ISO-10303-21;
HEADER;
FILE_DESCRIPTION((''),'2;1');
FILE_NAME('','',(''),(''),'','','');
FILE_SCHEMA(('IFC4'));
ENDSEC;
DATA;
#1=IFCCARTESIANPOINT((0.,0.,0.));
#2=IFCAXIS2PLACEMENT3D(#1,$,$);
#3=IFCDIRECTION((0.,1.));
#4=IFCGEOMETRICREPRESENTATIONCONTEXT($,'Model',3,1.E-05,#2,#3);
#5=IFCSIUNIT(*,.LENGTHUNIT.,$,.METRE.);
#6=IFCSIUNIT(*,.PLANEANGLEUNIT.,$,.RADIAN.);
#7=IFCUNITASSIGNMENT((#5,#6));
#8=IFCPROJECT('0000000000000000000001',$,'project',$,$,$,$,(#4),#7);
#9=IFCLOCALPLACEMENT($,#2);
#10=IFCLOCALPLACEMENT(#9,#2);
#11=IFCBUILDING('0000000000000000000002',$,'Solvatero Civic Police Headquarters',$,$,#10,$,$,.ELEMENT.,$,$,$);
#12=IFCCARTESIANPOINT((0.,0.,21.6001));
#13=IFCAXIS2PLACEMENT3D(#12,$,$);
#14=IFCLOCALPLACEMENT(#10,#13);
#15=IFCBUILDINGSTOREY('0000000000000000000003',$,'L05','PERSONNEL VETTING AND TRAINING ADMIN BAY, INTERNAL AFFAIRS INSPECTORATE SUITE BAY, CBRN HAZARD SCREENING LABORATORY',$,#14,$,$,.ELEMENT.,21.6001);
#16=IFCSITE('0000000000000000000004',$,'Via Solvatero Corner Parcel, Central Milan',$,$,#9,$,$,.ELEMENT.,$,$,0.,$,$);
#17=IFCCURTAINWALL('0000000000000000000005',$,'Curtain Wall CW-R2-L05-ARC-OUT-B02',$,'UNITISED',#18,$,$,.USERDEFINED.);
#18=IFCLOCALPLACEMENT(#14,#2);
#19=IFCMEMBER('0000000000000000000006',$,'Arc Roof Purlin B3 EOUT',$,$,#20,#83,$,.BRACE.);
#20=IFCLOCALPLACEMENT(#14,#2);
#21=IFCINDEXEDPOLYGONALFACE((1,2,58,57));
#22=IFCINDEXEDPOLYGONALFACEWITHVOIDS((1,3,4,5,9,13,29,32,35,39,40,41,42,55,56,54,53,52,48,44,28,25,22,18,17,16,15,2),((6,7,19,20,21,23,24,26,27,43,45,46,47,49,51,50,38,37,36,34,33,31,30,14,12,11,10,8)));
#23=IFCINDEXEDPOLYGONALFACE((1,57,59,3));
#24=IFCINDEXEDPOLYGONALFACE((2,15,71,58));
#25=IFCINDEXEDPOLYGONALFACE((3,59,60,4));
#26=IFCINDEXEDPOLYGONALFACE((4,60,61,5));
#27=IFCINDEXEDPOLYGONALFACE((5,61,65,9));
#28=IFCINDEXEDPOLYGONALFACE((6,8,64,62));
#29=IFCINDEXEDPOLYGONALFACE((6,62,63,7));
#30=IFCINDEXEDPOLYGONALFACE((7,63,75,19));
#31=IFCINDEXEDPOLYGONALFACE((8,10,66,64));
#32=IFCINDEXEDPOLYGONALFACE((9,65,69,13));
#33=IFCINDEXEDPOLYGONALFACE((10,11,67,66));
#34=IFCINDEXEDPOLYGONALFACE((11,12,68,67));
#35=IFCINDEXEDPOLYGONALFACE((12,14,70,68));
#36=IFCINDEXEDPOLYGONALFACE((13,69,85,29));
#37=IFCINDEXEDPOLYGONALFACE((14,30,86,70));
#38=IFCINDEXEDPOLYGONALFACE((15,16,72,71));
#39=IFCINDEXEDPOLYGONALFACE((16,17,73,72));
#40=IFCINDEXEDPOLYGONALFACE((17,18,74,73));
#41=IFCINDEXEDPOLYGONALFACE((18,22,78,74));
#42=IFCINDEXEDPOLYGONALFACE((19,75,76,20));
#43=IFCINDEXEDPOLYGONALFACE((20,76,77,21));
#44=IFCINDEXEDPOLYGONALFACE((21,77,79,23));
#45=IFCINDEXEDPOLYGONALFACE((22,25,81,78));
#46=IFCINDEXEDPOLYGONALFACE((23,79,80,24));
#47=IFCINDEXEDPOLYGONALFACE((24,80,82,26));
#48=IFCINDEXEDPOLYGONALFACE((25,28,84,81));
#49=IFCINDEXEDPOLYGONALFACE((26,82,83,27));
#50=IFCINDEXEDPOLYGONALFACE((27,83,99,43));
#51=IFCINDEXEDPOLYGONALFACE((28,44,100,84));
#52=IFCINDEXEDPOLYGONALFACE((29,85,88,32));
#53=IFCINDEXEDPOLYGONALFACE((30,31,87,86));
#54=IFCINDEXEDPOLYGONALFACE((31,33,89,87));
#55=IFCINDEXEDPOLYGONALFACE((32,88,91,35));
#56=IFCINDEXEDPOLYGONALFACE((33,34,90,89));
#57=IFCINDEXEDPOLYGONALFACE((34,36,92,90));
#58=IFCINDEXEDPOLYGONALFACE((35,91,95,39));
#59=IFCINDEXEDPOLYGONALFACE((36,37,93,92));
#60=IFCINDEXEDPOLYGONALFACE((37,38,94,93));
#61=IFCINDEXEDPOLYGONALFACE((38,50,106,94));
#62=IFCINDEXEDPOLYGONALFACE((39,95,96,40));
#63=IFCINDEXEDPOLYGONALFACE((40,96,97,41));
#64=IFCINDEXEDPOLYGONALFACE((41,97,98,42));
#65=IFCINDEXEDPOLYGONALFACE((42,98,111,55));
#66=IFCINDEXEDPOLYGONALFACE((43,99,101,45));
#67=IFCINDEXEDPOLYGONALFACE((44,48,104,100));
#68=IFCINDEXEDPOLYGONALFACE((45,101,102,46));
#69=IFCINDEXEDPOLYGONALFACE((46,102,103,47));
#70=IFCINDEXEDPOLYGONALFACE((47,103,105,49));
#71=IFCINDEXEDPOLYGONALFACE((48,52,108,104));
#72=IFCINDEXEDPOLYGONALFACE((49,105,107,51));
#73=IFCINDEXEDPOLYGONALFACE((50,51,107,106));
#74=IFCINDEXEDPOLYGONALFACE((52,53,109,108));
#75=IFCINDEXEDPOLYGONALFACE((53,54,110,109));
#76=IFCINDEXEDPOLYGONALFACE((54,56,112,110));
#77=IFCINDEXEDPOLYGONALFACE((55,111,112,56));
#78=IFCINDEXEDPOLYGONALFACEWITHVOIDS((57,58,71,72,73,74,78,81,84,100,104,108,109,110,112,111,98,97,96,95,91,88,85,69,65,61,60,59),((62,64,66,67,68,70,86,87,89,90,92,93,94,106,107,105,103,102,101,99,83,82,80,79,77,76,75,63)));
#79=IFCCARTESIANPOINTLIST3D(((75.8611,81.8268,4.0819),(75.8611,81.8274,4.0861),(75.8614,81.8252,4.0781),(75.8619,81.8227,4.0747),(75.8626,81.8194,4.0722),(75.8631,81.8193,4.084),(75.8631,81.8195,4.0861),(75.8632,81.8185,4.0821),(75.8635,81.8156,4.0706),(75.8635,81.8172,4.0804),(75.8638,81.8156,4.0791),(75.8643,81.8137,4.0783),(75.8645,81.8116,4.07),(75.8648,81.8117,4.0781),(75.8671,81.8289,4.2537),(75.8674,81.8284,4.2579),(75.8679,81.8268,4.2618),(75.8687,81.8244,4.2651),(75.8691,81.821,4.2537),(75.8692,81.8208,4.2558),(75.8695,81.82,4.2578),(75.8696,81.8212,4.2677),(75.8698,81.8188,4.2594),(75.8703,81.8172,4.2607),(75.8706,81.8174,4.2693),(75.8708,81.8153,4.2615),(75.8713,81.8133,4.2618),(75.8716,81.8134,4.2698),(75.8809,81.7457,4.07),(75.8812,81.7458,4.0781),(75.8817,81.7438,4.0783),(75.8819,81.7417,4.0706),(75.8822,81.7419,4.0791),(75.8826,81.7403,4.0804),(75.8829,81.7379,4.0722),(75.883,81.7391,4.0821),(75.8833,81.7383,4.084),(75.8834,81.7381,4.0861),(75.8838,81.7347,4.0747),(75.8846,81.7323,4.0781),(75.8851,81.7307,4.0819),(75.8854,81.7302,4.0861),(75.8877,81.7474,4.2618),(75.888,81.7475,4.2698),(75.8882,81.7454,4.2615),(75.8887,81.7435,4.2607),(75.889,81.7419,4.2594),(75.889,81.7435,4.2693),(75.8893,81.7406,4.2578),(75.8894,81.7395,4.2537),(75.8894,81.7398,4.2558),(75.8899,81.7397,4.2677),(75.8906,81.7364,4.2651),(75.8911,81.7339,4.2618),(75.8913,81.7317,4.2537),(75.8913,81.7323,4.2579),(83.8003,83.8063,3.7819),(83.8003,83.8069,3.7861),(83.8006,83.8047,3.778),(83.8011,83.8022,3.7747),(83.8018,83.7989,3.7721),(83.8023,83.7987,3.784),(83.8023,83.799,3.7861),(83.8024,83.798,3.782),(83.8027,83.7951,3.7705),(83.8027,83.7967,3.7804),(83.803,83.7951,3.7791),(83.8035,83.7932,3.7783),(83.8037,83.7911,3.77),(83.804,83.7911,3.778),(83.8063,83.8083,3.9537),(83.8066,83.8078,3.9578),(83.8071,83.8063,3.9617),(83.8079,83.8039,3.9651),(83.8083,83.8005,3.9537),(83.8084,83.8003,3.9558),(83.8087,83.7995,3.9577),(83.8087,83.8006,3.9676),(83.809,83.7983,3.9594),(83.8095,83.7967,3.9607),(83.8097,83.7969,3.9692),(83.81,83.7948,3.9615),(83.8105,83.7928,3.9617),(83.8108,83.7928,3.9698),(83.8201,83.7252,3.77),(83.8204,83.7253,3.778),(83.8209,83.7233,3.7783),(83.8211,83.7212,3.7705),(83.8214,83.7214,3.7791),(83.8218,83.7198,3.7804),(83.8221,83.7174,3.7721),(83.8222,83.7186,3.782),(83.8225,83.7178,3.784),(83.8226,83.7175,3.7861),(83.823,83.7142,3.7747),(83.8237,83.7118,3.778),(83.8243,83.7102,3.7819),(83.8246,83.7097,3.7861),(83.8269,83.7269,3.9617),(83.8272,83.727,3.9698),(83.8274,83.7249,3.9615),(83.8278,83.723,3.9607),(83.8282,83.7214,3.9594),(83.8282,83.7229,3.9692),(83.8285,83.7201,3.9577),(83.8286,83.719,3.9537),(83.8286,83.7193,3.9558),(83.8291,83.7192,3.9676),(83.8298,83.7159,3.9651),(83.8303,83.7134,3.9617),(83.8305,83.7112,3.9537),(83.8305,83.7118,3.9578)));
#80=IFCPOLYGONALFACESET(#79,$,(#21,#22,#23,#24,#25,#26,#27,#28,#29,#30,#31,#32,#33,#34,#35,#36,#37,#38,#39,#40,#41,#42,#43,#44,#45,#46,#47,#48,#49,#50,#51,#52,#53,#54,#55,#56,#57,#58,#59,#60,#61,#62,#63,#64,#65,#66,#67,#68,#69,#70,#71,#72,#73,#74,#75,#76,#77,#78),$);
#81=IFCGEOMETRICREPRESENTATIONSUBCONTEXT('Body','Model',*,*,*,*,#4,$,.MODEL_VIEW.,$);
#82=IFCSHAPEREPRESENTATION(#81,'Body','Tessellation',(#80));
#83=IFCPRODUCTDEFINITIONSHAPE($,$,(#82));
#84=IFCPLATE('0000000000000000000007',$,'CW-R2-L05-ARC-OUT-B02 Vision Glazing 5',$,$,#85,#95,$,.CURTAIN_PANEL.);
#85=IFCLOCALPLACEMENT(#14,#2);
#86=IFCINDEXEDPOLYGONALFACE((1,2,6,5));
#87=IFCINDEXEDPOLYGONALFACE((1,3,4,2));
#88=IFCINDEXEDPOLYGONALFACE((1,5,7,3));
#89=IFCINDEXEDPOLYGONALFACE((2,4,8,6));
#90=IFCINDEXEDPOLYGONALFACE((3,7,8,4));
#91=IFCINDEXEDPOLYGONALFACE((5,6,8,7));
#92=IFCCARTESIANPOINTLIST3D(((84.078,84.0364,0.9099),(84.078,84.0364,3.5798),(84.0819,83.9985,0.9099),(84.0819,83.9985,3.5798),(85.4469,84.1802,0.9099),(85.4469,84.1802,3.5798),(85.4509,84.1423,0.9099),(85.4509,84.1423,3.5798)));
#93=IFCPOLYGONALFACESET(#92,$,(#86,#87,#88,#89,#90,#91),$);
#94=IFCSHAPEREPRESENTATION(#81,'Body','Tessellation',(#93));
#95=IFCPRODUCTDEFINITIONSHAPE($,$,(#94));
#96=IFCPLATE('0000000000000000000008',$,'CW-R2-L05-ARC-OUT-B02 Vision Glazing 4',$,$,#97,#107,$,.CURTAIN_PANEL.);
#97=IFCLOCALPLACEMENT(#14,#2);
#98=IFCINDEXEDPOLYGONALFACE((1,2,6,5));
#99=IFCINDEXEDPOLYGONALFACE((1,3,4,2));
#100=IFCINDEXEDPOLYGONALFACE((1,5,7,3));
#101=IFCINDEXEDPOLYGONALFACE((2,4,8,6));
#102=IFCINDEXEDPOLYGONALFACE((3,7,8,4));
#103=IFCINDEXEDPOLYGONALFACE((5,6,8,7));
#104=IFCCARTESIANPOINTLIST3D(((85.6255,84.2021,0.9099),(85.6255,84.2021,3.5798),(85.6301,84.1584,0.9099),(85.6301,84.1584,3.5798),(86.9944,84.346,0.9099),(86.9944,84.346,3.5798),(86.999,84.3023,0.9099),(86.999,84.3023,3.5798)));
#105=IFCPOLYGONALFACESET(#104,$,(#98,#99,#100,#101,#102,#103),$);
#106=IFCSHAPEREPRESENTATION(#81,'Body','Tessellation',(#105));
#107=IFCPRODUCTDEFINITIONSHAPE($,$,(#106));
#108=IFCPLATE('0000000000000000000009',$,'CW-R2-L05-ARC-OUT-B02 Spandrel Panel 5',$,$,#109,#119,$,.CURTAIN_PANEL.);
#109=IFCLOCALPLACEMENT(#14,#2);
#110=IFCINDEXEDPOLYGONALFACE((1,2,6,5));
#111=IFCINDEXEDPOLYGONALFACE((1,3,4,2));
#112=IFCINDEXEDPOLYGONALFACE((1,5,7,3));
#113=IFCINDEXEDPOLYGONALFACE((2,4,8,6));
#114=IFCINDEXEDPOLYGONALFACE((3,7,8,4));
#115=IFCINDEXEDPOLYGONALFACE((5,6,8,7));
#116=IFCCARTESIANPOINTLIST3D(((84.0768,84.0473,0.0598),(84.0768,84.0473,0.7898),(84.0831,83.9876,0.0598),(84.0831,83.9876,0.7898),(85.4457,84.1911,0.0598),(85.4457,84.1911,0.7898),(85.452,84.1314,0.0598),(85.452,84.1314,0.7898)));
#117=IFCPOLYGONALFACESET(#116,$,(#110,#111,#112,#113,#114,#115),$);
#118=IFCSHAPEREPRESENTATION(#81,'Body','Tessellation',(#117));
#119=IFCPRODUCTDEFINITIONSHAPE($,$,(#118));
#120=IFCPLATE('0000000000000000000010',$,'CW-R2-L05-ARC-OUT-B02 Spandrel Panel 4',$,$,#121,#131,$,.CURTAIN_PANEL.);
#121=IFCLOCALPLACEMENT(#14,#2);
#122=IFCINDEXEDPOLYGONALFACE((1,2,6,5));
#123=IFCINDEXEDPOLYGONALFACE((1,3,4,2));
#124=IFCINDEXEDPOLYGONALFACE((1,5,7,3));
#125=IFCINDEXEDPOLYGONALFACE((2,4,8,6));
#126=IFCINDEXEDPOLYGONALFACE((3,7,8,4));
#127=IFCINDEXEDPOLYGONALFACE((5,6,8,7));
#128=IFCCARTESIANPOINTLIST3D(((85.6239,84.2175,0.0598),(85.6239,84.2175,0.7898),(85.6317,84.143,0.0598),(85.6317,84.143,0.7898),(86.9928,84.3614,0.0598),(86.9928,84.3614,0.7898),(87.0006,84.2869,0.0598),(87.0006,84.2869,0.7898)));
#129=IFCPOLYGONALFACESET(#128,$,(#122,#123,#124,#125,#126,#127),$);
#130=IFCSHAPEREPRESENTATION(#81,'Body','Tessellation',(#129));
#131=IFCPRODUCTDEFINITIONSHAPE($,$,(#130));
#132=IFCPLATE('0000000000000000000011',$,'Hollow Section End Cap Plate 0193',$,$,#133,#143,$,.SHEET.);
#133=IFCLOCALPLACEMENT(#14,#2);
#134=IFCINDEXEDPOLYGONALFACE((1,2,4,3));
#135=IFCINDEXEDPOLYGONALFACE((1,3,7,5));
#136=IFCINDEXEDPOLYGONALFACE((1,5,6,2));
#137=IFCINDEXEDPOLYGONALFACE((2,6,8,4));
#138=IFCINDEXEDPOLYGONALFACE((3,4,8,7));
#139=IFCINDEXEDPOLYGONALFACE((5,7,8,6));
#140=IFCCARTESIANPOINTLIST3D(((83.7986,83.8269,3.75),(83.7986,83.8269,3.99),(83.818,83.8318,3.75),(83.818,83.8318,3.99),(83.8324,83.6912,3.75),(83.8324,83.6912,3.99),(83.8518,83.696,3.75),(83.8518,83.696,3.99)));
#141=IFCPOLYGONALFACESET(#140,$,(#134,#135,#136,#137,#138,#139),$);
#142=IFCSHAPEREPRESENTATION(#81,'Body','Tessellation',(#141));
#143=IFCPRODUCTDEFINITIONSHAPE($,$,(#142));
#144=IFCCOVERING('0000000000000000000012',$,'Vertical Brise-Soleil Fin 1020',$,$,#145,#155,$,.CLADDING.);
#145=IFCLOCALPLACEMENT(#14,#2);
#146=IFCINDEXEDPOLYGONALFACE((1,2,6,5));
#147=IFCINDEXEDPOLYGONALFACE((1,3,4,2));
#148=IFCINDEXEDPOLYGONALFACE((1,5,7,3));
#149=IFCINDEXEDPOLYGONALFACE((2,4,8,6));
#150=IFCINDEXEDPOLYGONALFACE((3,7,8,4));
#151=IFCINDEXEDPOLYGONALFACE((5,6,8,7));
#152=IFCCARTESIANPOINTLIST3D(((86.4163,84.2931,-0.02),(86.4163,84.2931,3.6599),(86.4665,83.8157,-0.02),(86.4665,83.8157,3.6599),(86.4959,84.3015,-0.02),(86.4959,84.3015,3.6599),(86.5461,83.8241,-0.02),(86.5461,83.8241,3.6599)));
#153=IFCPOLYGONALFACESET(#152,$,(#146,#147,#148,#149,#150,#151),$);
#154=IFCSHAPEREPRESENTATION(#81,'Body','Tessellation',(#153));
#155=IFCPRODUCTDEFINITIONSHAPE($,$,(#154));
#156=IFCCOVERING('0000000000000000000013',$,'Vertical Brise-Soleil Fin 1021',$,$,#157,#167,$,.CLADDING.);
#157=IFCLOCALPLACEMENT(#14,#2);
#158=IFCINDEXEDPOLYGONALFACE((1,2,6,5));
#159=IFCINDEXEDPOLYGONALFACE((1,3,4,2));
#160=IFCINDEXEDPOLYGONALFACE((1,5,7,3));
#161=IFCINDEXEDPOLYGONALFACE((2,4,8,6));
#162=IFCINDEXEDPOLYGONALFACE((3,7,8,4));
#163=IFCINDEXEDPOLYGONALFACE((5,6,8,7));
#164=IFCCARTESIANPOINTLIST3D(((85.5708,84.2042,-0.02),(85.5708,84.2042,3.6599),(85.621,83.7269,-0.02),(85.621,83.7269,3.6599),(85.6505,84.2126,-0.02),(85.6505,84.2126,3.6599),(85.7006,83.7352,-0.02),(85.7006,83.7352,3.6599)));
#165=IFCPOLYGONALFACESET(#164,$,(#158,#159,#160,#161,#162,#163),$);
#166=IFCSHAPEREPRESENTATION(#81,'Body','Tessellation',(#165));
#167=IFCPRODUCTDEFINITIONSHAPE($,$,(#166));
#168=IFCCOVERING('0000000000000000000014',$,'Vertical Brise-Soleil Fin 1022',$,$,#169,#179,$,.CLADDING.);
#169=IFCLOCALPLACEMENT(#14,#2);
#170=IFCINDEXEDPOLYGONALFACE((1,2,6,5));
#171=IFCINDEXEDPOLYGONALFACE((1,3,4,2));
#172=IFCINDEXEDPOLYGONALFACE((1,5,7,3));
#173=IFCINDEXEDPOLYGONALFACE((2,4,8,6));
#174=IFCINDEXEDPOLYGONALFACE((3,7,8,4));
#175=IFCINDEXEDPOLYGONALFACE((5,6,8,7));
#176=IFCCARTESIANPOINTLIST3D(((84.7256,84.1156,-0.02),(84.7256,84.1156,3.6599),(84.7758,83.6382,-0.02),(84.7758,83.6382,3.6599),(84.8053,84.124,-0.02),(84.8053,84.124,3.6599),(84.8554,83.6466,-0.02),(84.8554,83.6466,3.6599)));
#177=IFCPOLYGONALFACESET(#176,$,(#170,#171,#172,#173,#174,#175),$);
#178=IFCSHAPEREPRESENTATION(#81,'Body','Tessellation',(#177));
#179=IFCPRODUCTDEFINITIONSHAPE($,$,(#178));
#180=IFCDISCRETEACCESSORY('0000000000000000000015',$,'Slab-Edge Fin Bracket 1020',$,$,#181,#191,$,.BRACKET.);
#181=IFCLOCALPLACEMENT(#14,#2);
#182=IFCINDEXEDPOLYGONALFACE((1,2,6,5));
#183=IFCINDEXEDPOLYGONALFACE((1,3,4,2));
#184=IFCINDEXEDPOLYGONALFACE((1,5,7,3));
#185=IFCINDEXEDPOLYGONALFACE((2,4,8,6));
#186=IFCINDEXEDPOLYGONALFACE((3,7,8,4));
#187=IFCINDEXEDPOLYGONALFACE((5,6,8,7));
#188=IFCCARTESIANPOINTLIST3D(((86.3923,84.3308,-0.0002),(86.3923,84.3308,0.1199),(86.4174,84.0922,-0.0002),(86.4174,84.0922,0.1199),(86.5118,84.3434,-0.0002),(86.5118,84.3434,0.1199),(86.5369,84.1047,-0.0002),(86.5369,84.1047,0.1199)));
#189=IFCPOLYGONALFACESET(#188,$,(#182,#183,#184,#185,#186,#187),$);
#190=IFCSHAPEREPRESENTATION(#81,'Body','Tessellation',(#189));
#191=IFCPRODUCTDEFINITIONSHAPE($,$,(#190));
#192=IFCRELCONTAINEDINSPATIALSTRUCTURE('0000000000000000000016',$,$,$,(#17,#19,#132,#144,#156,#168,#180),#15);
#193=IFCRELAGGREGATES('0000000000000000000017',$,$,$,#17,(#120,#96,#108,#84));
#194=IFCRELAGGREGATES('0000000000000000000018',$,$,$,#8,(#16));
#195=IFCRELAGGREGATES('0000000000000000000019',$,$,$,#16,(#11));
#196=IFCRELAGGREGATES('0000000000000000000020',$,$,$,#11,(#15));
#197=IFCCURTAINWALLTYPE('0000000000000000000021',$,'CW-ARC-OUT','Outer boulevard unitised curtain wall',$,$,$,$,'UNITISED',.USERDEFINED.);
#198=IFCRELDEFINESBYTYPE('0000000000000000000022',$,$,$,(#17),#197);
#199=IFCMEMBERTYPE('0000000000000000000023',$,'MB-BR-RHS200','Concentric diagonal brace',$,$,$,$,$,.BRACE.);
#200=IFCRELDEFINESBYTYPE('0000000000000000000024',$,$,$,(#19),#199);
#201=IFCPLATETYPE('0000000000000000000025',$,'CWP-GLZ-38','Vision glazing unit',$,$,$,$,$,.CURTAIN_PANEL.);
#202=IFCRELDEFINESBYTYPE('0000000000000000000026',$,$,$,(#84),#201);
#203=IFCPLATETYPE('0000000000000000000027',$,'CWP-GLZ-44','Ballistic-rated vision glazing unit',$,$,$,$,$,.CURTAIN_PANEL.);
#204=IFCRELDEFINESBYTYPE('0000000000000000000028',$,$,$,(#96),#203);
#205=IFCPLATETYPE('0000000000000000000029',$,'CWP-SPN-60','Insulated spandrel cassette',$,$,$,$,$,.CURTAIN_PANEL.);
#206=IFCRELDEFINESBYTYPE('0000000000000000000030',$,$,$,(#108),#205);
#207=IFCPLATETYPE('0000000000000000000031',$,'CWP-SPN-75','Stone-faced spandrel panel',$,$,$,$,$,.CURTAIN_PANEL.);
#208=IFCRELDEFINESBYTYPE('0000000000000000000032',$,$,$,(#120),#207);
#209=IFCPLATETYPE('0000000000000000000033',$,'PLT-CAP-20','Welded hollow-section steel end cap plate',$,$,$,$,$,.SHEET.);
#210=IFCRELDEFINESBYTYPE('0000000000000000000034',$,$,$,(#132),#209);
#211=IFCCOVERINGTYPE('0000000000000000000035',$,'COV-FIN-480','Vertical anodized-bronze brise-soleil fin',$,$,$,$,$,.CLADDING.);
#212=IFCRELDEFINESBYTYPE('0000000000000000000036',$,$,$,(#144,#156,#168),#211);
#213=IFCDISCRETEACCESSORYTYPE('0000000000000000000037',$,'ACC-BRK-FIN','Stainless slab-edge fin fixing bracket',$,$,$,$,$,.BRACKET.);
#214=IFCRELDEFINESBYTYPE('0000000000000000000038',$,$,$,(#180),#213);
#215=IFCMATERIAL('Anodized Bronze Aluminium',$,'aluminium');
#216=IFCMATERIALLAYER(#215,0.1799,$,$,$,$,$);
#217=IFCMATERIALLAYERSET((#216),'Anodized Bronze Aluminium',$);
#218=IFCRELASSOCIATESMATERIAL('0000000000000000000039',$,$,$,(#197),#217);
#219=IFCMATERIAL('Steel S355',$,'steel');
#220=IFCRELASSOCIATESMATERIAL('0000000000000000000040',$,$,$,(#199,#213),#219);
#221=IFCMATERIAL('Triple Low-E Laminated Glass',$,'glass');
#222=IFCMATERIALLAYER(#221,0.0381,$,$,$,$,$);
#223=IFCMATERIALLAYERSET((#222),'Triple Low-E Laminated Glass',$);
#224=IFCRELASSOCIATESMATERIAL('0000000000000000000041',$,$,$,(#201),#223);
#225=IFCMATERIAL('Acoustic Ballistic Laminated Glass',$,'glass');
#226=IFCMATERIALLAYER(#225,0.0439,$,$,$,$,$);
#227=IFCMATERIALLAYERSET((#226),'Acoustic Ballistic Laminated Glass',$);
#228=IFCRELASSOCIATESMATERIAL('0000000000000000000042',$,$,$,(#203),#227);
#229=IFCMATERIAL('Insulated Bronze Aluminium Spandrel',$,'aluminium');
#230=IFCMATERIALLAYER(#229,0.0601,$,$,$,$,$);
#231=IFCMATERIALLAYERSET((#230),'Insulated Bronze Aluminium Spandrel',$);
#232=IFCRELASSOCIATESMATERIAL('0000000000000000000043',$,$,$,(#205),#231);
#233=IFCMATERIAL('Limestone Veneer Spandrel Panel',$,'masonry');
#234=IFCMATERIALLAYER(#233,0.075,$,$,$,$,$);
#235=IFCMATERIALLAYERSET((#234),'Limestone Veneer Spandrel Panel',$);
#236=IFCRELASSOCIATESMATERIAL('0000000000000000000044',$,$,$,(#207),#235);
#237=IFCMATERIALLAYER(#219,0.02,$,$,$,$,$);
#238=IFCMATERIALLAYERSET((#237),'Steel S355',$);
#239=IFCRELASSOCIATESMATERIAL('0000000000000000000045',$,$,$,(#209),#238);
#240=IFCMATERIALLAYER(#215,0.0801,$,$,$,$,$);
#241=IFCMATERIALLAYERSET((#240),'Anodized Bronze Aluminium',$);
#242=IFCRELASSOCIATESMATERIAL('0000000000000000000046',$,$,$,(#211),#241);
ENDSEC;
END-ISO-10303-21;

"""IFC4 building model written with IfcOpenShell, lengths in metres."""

from ifc_helpers import new_model, si_unit, direction, frame, origin, origin_2d, place, context, subcontext, project, spatial, rectangle, hollow_rectangle, extrude, material, layer, layer_set, material_profile, profile_set, type_object, element, aggregate, save


model = new_model("IFC4")

# Units and contexts
model_context = context("Model", 3, precision=1e-05, world=origin(), true_north=direction((0.0, 1.0)))
body_context = subcontext(model_context, "Body", "Model", "MODEL_VIEW")
ifc_project = project(units=[si_unit("LENGTHUNIT", "METRE"), si_unit("PLANEANGLEUNIT", "RADIAN")], contexts=[model_context])

# Site, building, storey
site_placement = place(None, origin())
site = spatial("IfcSite", under=ifc_project, at=site_placement, Name="Via Solvatero Corner Parcel, Central Milan", CompositionType="ELEMENT", RefElevation=0.0)
building_placement = place(site_placement, origin())
building = spatial("IfcBuilding", under=site, at=building_placement, Name="Solvatero Civic Police Headquarters", CompositionType="ELEMENT")
storey_placement = place(building_placement, frame((0.0, 0.0, 21.6001)))
storey = spatial("IfcBuildingStorey", under=building, at=storey_placement, Name="L05", Description="PERSONNEL VETTING AND TRAINING ADMIN BAY, INTERNAL AFFAIRS INSPECTORATE SUITE BAY, CBRN HAZARD SCREENING LABORATORY", CompositionType="ELEMENT", Elevation=21.6001)

# Shared definitions
ifc_material_1 = material(Name="Steel S355", Category="steel")

# Shared definitions
ifc_material_2 = material(Name="Anodized Bronze Aluminium", Category="aluminium")
ifc_layer_1 = layer(ifc_material_2, 0.1799)
ifc_layer_set_1 = layer_set([ifc_layer_1], Name="Anodized Bronze Aluminium")
curtain_wall_type = type_object("IfcCurtainWallType", Name="CW-ARC-OUT", Description="Outer boulevard unitised curtain wall", ElementType="UNITISED", PredefinedType="USERDEFINED", material=ifc_layer_set_1)

# Curtain wall
curtain_wall_1_placement = place(storey_placement, origin())
curtain_wall_1 = element("IfcCurtainWall", 1, at=curtain_wall_1_placement, inside=storey, type_object=curtain_wall_type, Name="Curtain Wall CW-R2-L05-ARC-OUT-B02", ObjectType="UNITISED", PredefinedType="USERDEFINED")

# Member
ifc_material_profile_1 = material_profile(ifc_material_1, hollow_rectangle(XDim=0.1001, YDim=0.2, WallThickness=0.0081, InnerFilletRadius=0.0081, OuterFilletRadius=0.0161, at=origin_2d()), Name="RHS 200x100x8.0")
ifc_profile_set_1 = profile_set([ifc_material_profile_1], Name="Steel S355")
member_type_1 = type_object("IfcMemberType", Name="MB-BR-RHS200", Description="Concentric diagonal brace", PredefinedType="BRACE", material=ifc_profile_set_1)
member_1_placement = place(storey_placement, frame((83.8154, 83.759, 3.8699), z_axis=(-0.969643, -0.241762, 0.036646), x_axis=(0.241925, -0.970295, 0.0)))
element("IfcMember", 2, at=member_1_placement, inside=storey, type_object=member_type_1, Name="Arc Roof Purlin B3 EOUT", PredefinedType="BRACE", context=body_context, shape_type="SweptSolid", body=[
    extrude(hollow_rectangle(XDim=0.1001, YDim=0.2, WallThickness=0.0081, InnerFilletRadius=0.0081, OuterFilletRadius=0.0161, at=origin_2d()), origin(), (0.0, 0.0, 1.0), 8.1877),
])

# Plates
ifc_material_3 = material(Name="Triple Low-E Laminated Glass", Category="glass")
ifc_layer_2 = layer(ifc_material_3, 0.0381)
ifc_layer_set_2 = layer_set([ifc_layer_2], Name="Triple Low-E Laminated Glass")
plate_type_1 = type_object("IfcPlateType", Name="CWP-GLZ-38", Description="Vision glazing unit", PredefinedType="CURTAIN_PANEL", material=ifc_layer_set_2)
plate_1_placement = place(storey_placement, frame((84.7644, 84.0894, 0.9099), z_axis=(0.0, 0.0, 1.0), x_axis=(-0.994524, -0.104511, 0.0)))
plate_1 = element("IfcPlate", 3, at=plate_1_placement, type_object=plate_type_1, Name="CW-R2-L05-ARC-OUT-B02 Vision Glazing 5", PredefinedType="CURTAIN_PANEL", context=body_context, shape_type="SweptSolid", body=[
    extrude(rectangle(XDim=1.3765, YDim=0.0381, at=origin_2d()), origin(), (0.0, 0.0, 1.0), 2.6699),
])
ifc_material_4 = material(Name="Acoustic Ballistic Laminated Glass", Category="glass")
ifc_layer_3 = layer(ifc_material_4, 0.0439)
ifc_layer_set_3 = layer_set([ifc_layer_3], Name="Acoustic Ballistic Laminated Glass")
plate_type_2 = type_object("IfcPlateType", Name="CWP-GLZ-44", Description="Ballistic-rated vision glazing unit", PredefinedType="CURTAIN_PANEL", material=ifc_layer_set_3)
plate_2_placement = place(storey_placement, frame((86.3123, 84.2522, 0.9099), z_axis=(0.0, 0.0, 1.0), x_axis=(-0.994524, -0.104511, 0.0)))
plate_2 = element("IfcPlate", 4, at=plate_2_placement, type_object=plate_type_2, Name="CW-R2-L05-ARC-OUT-B02 Vision Glazing 4", PredefinedType="CURTAIN_PANEL", context=body_context, shape_type="SweptSolid", body=[
    extrude(rectangle(XDim=1.3765, YDim=0.0439, at=origin_2d()), origin(), (0.0, 0.0, 1.0), 2.6699),
])
ifc_material_5 = material(Name="Insulated Bronze Aluminium Spandrel", Category="aluminium")
ifc_layer_4 = layer(ifc_material_5, 0.0601)
ifc_layer_set_4 = layer_set([ifc_layer_4], Name="Insulated Bronze Aluminium Spandrel")
plate_type_3 = type_object("IfcPlateType", Name="CWP-SPN-60", Description="Insulated spandrel cassette", PredefinedType="CURTAIN_PANEL", material=ifc_layer_set_4)
plate_3_placement = place(storey_placement, frame((84.7644, 84.0894, 0.0598), z_axis=(0.0, 0.0, 1.0), x_axis=(-0.994524, -0.104511, 0.0)))
plate_3 = element("IfcPlate", 5, at=plate_3_placement, type_object=plate_type_3, Name="CW-R2-L05-ARC-OUT-B02 Spandrel Panel 5", PredefinedType="CURTAIN_PANEL", context=body_context, shape_type="SweptSolid", body=[
    extrude(rectangle(XDim=1.3765, YDim=0.0601, at=origin_2d()), origin(), (0.0, 0.0, 1.0), 0.73),
])
ifc_material_6 = material(Name="Limestone Veneer Spandrel Panel", Category="masonry")
ifc_layer_5 = layer(ifc_material_6, 0.075)
ifc_layer_set_5 = layer_set([ifc_layer_5], Name="Limestone Veneer Spandrel Panel")
plate_type_4 = type_object("IfcPlateType", Name="CWP-SPN-75", Description="Stone-faced spandrel panel", PredefinedType="CURTAIN_PANEL", material=ifc_layer_set_5)
plate_4_placement = place(storey_placement, frame((86.3123, 84.2522, 0.0598), z_axis=(0.0, 0.0, 1.0), x_axis=(-0.994524, -0.104511, 0.0)))
plate_4 = element("IfcPlate", 6, at=plate_4_placement, type_object=plate_type_4, Name="CW-R2-L05-ARC-OUT-B02 Spandrel Panel 4", PredefinedType="CURTAIN_PANEL", context=body_context, shape_type="SweptSolid", body=[
    extrude(rectangle(XDim=1.3765, YDim=0.075, at=origin_2d()), origin(), (0.0, 0.0, 1.0), 0.73),
])
aggregate(curtain_wall_1, [plate_4, plate_2, plate_3, plate_1])
ifc_layer_6 = layer(ifc_material_1, 0.02)
ifc_layer_set_6 = layer_set([ifc_layer_6], Name="Steel S355")
plate_type_5 = type_object("IfcPlateType", Name="PLT-CAP-20", Description="Welded hollow-section steel end cap plate", PredefinedType="SHEET", material=ifc_layer_set_6)
plate_5_placement = place(storey_placement, frame((83.8252, 83.7615, 3.75), z_axis=(0.0, 0.0, 1.0), x_axis=(-0.970296, -0.241922, 0.0)))
element("IfcPlate", 7, at=plate_5_placement, inside=storey, type_object=plate_type_5, Name="Hollow Section End Cap Plate 0193", PredefinedType="SHEET", context=body_context, shape_type="SweptSolid", body=[
    extrude(rectangle(XDim=0.02, YDim=0.1399, at=origin_2d()), origin(), (0.0, 0.0, 1.0), 0.24),
])

# Coverings
ifc_layer_7 = layer(ifc_material_2, 0.0801)
ifc_layer_set_7 = layer_set([ifc_layer_7], Name="Anodized Bronze Aluminium")
covering_type = type_object("IfcCoveringType", Name="COV-FIN-480", Description="Vertical anodized-bronze brise-soleil fin", PredefinedType="CLADDING", material=ifc_layer_set_7)
for number, where, z_axis, x_axis, name in (
    (8, (86.4812, 84.0586, -0.02), (0.0, 0.0, 1.0), (-0.994524, -0.104511, 0.0), "Vertical Brise-Soleil Fin 1020"),
    (9, (85.6357, 83.9697, -0.02), (0.0, 0.0, 1.0), (-0.994524, -0.104511, 0.0), "Vertical Brise-Soleil Fin 1021"),
    (10, (84.7905, 83.8811, -0.02), (0.0, 0.0, 1.0), (-0.994524, -0.104511, 0.0), "Vertical Brise-Soleil Fin 1022"),
):
    element("IfcCovering", number, at=place(storey_placement, frame(where, z_axis=z_axis, x_axis=x_axis)), inside=storey, type_object=covering_type, Name=name, PredefinedType="CLADDING", context=body_context, shape_type="SweptSolid", body=[
        extrude(rectangle(XDim=0.0801, YDim=0.48, at=origin_2d()), origin(), (0.0, 0.0, 1.0), 3.6799),
    ])

# Discrete accessory
discrete_accessory_type = type_object("IfcDiscreteAccessoryType", Name="ACC-BRK-FIN", Description="Stainless slab-edge fin fixing bracket", PredefinedType="BRACKET", material=ifc_material_1)
for number, where, z_axis, x_axis, name in (
    (11, (86.4646, 84.2178, -0.0002), (0.0, 0.0, 1.0), (-0.994524, -0.104511, 0.0), "Slab-Edge Fin Bracket 1020"),
):
    element("IfcDiscreteAccessory", number, at=place(storey_placement, frame(where, z_axis=z_axis, x_axis=x_axis)), inside=storey, type_object=discrete_accessory_type, Name=name, PredefinedType="BRACKET", context=body_context, shape_type="SweptSolid", body=[
        extrude(rectangle(XDim=0.1201, YDim=0.24, at=origin_2d()), origin(), (0.0, 0.0, 1.0), 0.1201),
    ])

save(model, "model.ifc")
